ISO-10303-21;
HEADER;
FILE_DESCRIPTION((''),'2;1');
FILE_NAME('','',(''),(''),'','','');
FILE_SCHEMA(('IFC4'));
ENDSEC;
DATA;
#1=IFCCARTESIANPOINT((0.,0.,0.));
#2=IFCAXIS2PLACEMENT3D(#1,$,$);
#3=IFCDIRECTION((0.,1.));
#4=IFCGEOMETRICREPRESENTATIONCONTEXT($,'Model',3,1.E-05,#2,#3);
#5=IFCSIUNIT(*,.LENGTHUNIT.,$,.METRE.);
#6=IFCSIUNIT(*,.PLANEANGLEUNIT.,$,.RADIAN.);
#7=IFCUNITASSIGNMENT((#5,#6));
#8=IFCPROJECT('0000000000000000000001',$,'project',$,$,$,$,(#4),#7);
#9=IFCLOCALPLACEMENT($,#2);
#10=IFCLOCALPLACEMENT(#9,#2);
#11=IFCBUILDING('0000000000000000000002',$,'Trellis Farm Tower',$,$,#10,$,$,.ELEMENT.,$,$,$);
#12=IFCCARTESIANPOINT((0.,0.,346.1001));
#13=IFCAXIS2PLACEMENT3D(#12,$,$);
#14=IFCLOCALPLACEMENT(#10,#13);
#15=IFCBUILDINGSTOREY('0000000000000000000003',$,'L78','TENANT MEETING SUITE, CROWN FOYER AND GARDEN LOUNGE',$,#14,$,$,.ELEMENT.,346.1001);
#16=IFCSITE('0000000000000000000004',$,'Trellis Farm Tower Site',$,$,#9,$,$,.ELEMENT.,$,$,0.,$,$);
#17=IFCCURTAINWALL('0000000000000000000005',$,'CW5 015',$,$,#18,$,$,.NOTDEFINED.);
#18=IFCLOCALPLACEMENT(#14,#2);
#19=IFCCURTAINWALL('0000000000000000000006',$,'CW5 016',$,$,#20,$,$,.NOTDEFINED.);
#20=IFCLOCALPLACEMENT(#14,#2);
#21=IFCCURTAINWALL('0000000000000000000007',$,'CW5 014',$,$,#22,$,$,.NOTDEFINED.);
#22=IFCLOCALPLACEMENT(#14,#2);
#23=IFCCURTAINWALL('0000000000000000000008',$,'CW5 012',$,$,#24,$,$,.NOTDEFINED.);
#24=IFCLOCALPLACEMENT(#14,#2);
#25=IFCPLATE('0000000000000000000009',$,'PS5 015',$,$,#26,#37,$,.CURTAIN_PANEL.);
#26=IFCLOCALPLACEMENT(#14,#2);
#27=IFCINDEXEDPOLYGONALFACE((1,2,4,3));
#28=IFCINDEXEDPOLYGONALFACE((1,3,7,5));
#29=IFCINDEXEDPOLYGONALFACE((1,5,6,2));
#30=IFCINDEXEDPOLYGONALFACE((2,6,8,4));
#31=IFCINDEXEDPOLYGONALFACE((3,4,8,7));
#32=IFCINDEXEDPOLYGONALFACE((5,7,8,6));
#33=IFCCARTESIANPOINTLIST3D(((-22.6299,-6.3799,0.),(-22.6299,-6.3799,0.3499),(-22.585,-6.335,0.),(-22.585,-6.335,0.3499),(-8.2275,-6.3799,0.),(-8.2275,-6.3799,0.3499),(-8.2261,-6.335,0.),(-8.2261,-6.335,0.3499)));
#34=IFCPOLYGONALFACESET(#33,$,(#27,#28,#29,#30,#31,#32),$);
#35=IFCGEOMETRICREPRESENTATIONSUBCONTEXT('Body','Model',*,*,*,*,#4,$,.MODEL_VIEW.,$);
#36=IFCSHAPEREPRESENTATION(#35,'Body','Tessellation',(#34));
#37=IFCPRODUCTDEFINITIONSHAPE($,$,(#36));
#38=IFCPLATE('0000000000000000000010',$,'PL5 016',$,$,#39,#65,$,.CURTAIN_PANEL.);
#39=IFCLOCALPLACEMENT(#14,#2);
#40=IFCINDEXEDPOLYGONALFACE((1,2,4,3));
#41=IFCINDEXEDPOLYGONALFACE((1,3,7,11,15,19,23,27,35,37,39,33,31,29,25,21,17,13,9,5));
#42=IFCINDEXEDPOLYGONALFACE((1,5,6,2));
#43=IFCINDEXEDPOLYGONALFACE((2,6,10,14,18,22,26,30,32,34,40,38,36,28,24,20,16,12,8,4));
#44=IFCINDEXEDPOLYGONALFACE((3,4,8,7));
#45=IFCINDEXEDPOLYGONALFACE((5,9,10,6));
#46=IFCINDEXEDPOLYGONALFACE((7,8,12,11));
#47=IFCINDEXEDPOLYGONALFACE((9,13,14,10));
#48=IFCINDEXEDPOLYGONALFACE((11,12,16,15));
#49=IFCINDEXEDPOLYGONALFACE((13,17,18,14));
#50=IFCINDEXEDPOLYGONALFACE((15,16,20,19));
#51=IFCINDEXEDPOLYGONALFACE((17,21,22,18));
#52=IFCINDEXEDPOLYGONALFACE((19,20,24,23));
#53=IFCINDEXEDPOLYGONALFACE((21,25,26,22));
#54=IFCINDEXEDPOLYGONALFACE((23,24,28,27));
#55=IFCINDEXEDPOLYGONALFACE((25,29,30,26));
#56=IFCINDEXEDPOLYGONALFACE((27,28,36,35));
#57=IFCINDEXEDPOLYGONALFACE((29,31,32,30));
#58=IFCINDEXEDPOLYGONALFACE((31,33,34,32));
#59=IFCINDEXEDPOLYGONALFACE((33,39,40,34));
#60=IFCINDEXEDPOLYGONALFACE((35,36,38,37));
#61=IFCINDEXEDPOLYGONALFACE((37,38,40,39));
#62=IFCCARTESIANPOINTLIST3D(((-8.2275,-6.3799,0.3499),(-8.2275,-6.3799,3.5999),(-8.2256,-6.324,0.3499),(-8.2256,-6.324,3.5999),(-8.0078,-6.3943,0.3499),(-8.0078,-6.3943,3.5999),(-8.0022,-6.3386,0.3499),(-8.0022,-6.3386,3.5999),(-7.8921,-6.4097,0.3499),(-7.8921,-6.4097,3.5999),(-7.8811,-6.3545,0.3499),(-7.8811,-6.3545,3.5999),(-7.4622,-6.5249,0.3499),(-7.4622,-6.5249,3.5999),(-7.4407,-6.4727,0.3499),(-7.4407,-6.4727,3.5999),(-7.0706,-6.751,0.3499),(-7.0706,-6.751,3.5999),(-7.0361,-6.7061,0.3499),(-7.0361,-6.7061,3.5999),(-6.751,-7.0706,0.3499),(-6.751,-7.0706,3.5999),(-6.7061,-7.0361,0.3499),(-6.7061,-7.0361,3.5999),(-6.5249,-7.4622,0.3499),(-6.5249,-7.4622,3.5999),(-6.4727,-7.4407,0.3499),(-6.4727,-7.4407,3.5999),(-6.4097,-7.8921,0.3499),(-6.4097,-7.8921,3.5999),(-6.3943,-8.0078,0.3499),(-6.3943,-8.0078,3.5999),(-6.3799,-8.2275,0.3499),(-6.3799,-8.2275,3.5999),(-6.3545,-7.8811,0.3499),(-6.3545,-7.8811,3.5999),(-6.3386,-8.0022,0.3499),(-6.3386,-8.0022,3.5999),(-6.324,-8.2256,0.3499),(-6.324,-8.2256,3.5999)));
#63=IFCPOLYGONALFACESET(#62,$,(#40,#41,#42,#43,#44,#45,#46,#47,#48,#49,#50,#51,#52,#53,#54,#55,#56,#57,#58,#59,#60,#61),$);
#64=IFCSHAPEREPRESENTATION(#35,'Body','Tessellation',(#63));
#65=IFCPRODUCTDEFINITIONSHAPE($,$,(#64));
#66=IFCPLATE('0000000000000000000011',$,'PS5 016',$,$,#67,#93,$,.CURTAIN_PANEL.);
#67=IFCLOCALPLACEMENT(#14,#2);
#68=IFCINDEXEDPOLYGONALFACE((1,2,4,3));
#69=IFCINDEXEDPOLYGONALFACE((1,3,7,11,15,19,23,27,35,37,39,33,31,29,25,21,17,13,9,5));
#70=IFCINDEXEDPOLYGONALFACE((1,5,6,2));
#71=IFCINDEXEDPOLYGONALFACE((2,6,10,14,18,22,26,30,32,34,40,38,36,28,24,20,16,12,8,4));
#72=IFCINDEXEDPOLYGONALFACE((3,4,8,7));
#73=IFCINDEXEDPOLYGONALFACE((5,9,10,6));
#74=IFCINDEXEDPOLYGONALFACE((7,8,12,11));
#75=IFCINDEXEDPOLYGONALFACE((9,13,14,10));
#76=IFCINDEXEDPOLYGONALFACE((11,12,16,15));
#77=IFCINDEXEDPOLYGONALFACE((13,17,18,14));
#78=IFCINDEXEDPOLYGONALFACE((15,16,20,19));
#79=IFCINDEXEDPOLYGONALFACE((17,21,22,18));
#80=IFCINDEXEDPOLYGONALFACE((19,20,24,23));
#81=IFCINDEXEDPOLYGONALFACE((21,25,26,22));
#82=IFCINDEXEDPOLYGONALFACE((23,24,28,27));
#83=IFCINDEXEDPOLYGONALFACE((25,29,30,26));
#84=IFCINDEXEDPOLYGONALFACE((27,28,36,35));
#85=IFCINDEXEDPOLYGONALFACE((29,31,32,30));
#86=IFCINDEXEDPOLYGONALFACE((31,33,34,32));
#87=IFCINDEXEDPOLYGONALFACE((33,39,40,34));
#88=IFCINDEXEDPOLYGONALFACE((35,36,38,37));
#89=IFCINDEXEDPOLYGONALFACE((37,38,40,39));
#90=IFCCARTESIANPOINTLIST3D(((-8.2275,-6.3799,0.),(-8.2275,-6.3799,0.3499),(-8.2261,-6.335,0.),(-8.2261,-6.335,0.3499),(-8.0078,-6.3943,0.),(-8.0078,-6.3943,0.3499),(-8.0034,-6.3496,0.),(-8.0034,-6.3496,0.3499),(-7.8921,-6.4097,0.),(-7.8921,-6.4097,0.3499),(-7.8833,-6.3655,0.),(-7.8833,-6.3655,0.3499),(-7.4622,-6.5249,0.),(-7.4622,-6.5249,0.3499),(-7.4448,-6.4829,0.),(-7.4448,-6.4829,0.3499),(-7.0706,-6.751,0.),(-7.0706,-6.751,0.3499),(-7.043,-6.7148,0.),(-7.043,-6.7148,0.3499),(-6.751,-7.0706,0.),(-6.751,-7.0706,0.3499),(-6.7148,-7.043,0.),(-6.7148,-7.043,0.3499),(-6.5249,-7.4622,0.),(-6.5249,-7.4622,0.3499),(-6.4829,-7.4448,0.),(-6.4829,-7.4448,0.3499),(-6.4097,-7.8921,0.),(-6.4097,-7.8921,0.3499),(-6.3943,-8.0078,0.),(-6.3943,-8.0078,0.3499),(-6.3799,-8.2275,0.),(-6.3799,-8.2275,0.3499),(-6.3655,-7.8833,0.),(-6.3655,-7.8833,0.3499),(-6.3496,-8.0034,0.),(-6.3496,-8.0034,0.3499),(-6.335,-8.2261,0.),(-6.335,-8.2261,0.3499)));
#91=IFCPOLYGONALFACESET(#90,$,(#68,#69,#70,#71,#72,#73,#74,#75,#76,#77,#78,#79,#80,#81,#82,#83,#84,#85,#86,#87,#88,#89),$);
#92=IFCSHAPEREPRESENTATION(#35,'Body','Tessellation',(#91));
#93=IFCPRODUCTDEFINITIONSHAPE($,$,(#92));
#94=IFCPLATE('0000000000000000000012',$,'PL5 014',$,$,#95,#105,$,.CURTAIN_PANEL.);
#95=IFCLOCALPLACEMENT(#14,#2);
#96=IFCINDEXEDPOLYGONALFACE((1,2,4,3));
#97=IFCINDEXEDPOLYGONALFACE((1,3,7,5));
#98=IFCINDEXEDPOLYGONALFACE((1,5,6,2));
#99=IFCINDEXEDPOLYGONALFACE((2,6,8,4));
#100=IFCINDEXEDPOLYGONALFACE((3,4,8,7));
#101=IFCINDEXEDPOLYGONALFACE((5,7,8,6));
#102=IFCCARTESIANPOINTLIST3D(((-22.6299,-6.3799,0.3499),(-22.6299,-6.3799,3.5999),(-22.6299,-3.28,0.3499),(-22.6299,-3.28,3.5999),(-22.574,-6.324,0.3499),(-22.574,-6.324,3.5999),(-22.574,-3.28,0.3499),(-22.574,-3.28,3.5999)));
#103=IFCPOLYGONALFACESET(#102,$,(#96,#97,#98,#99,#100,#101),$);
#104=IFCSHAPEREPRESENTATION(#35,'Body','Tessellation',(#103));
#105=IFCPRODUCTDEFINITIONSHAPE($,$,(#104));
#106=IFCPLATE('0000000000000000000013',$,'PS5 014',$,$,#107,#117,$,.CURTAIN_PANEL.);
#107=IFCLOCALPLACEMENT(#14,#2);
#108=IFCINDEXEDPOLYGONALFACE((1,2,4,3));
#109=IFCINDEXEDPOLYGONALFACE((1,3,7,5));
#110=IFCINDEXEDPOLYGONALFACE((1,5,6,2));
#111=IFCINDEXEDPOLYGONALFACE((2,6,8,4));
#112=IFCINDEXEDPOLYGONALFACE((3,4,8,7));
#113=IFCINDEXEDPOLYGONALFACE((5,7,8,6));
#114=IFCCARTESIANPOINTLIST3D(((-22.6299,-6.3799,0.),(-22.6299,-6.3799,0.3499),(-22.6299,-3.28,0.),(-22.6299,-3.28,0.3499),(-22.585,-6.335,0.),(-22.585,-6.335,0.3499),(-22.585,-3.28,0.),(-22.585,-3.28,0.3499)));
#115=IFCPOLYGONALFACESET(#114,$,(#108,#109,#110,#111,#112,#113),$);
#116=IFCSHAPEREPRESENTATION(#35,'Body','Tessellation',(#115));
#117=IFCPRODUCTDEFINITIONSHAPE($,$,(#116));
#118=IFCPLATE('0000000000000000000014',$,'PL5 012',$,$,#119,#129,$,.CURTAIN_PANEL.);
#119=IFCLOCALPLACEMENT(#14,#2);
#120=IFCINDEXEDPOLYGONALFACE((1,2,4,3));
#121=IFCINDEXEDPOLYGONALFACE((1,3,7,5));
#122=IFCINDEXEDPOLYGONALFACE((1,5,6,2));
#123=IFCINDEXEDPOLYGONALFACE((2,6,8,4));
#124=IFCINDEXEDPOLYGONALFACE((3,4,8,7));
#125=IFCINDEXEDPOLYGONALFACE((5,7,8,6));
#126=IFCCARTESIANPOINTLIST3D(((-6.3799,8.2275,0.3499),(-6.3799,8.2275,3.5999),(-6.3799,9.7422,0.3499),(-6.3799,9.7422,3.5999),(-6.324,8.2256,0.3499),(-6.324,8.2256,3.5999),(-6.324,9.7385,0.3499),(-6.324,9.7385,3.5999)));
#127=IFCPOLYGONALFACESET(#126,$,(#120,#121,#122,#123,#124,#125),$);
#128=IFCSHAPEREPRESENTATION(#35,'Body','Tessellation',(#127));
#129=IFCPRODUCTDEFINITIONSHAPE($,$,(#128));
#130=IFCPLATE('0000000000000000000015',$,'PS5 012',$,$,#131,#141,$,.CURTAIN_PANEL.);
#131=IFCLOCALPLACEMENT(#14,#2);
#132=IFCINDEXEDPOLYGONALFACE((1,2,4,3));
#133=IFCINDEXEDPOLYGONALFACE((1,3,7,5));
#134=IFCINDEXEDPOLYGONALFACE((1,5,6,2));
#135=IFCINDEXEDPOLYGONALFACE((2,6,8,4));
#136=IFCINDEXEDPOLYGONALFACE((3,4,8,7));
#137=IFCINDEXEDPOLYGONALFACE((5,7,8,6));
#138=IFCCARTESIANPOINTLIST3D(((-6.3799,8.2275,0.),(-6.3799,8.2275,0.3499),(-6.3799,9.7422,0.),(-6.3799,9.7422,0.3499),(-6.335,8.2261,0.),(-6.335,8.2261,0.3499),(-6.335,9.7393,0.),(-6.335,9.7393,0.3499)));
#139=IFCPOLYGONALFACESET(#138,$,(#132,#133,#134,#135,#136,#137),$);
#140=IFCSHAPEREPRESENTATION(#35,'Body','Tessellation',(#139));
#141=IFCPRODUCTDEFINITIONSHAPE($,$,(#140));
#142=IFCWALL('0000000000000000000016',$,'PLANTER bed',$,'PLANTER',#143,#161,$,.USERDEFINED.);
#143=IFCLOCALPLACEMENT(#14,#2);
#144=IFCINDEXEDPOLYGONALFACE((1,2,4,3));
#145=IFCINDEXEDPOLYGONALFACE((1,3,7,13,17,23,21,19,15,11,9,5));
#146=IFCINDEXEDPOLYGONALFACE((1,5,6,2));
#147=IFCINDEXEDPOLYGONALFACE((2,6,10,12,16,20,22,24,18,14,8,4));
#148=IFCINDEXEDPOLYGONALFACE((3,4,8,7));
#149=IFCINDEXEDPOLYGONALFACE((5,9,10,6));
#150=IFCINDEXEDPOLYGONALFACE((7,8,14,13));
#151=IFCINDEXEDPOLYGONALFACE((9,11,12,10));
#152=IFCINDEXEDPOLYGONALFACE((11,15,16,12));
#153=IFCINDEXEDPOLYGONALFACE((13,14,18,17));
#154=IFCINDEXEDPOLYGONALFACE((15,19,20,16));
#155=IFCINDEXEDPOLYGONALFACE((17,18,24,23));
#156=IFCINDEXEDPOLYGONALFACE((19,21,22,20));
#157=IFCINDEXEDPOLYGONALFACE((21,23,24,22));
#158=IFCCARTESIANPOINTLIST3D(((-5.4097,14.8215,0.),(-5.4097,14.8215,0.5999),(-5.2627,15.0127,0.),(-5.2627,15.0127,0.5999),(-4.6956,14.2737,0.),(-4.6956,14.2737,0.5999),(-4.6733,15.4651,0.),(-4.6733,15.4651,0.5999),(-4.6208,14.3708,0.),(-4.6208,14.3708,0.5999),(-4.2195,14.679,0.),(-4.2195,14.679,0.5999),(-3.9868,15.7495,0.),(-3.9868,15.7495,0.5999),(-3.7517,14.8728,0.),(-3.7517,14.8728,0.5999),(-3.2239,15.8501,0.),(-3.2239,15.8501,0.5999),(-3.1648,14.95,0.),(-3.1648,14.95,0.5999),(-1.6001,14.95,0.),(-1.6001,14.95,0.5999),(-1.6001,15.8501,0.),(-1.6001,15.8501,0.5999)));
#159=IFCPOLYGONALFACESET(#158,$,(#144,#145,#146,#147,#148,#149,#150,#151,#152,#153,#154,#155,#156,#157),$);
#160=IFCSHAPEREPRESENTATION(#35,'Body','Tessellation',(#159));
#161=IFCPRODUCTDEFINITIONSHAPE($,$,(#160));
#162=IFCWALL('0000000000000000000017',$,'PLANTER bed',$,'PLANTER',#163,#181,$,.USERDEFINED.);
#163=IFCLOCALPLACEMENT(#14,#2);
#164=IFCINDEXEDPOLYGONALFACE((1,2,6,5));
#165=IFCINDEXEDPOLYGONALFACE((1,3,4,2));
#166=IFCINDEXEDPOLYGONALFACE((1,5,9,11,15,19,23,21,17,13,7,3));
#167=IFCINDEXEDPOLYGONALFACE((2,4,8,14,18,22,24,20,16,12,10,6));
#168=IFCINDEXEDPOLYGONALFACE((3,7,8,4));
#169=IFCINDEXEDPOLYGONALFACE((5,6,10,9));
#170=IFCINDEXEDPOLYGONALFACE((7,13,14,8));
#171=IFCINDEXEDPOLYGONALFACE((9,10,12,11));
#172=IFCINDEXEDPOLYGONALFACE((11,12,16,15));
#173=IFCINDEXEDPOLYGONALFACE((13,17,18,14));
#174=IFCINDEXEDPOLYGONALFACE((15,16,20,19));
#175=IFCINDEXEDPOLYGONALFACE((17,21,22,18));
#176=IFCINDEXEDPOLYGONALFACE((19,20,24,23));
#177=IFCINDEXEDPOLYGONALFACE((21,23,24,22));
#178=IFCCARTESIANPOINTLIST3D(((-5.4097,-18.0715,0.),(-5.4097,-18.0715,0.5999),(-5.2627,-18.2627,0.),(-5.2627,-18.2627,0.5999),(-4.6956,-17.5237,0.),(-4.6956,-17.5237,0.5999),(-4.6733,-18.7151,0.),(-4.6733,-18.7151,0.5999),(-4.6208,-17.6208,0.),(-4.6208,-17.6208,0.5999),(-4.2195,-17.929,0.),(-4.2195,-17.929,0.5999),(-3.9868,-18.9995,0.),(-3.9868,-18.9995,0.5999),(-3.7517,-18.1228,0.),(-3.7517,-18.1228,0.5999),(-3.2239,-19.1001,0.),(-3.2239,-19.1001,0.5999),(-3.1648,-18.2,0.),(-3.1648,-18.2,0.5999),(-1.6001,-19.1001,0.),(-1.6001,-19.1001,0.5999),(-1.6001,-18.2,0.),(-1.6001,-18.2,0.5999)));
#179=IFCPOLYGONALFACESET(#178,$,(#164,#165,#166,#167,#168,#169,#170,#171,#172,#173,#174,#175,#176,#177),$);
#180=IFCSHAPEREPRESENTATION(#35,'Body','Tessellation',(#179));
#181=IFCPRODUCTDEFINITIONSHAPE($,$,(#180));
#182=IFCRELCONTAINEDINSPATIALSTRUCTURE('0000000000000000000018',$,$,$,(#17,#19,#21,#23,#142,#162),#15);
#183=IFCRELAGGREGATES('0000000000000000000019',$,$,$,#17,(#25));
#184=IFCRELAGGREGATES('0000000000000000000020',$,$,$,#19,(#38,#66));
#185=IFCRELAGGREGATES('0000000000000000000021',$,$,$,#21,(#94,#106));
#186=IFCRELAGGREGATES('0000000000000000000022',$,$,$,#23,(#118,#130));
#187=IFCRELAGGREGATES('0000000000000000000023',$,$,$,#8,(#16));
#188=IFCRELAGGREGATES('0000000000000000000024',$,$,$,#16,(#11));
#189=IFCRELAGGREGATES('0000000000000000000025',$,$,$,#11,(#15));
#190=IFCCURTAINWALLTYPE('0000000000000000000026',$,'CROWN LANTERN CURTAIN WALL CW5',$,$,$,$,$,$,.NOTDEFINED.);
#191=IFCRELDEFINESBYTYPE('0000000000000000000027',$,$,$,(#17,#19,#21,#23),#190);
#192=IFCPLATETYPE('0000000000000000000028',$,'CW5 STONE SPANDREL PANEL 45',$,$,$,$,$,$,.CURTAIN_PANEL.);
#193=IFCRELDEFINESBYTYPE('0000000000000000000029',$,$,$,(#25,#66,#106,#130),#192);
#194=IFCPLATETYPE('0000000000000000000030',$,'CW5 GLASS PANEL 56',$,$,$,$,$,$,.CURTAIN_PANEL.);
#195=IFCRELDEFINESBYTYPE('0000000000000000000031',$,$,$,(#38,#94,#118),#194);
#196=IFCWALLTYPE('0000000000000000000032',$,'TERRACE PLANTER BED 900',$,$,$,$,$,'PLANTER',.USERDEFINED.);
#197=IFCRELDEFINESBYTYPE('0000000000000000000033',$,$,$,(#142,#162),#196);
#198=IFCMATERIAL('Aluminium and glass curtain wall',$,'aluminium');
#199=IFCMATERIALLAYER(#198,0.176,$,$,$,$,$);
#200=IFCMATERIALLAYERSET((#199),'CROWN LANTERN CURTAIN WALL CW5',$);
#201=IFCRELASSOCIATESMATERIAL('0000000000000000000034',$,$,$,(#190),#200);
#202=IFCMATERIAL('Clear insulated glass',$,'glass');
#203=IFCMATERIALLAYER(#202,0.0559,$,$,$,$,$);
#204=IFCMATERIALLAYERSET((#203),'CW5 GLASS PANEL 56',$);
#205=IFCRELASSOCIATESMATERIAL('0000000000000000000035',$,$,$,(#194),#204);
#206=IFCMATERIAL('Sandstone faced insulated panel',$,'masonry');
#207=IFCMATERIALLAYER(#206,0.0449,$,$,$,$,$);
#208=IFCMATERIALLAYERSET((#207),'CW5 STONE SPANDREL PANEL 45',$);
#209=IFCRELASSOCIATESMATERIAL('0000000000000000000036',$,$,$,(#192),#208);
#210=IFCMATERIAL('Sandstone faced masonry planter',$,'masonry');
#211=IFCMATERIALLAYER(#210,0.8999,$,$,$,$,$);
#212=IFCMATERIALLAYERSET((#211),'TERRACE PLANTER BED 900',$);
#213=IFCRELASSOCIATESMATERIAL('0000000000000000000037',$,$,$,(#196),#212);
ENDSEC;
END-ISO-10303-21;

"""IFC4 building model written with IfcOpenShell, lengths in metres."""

from ifc_helpers import new_model, si_unit, direction, frame, origin, place, context, subcontext, project, spatial, polyline, outline, extrude, source, transform, mapped, material, layer, layer_set, type_object, element, aggregate, save


model = new_model("IFC4")

# Units and contexts
model_context = context("Model", 3, precision=1e-05, world=origin(), true_north=direction((0.0, 1.0)))
body_context = subcontext(model_context, "Body", "Model", "MODEL_VIEW")
ifc_project = project(units=[si_unit("LENGTHUNIT", "METRE"), si_unit("PLANEANGLEUNIT", "RADIAN")], contexts=[model_context])

# Site, building, storey
site_placement = place(None, origin())
site = spatial("IfcSite", under=ifc_project, at=site_placement, Name="Trellis Farm Tower Site", CompositionType="ELEMENT", RefElevation=0.0)
building_placement = place(site_placement, origin())
building = spatial("IfcBuilding", under=site, at=building_placement, Name="Trellis Farm Tower", CompositionType="ELEMENT")
storey_placement = place(building_placement, frame((0.0, 0.0, 346.1001)))
storey = spatial("IfcBuildingStorey", under=building, at=storey_placement, Name="L78", Description="TENANT MEETING SUITE, CROWN FOYER AND GARDEN LOUNGE", CompositionType="ELEMENT", Elevation=346.1001)

# Curtain walls
ifc_material_1 = material(Name="Aluminium and glass curtain wall", Category="aluminium")
ifc_layer_1 = layer(ifc_material_1, 0.176)
ifc_layer_set_1 = layer_set([ifc_layer_1], Name="CROWN LANTERN CURTAIN WALL CW5")
curtain_wall_type = type_object("IfcCurtainWallType", Name="CROWN LANTERN CURTAIN WALL CW5", PredefinedType="NOTDEFINED", material=ifc_layer_set_1)
placement_1 = place(storey_placement, origin())
curtain_wall_1 = element("IfcCurtainWall", 1, at=placement_1, inside=storey, type_object=curtain_wall_type, Name="CW5 015", PredefinedType="NOTDEFINED")
curtain_wall_2 = element("IfcCurtainWall", 2, at=placement_1, inside=storey, type_object=curtain_wall_type, Name="CW5 016", PredefinedType="NOTDEFINED")
curtain_wall_3 = element("IfcCurtainWall", 3, at=placement_1, inside=storey, type_object=curtain_wall_type, Name="CW5 014", PredefinedType="NOTDEFINED")
curtain_wall_4 = element("IfcCurtainWall", 4, at=placement_1, inside=storey, type_object=curtain_wall_type, Name="CW5 012", PredefinedType="NOTDEFINED")

# Plates
ifc_material_2 = material(Name="Clear insulated glass", Category="glass")
ifc_layer_2 = layer(ifc_material_2, 0.0559)
ifc_layer_set_2 = layer_set([ifc_layer_2], Name="CW5 GLASS PANEL 56")
plate_type_1 = type_object("IfcPlateType", Name="CW5 GLASS PANEL 56", PredefinedType="CURTAIN_PANEL", material=ifc_layer_set_2)
placement_2 = place(storey_placement, frame((0.0, 0.0, 0.3499)))
ifc_material_3 = material(Name="Sandstone faced insulated panel", Category="masonry")
ifc_layer_3 = layer(ifc_material_3, 0.0449)
ifc_layer_set_3 = layer_set([ifc_layer_3], Name="CW5 STONE SPANDREL PANEL 45")
plate_type_2 = type_object("IfcPlateType", Name="CW5 STONE SPANDREL PANEL 45", PredefinedType="CURTAIN_PANEL", material=ifc_layer_set_3)
shared_shape_1 = source(origin(), body_context, "Body", "SweptSolid", [
    extrude(outline(polyline([(-22.6299, -6.3799), (-8.2275, -6.3799), (-8.2261, -6.335), (-22.585, -6.335), (-22.6299, -6.3799)])), origin(), (0.0, 0.0, 1.0), 0.3499),
])
plate_1 = element("IfcPlate", 5, at=placement_1, type_object=plate_type_2, Name="PS5 015", PredefinedType="CURTAIN_PANEL", context=body_context, shape_type="MappedRepresentation", body=[
    mapped(shared_shape_1, transform((0.0, 0.0, 0.0))),
])
aggregate(curtain_wall_1, [plate_1])
shared_shape_2 = source(origin(), body_context, "Body", "SweptSolid", [
    extrude(outline(polyline([(-8.2275, -6.3799), (-8.0078, -6.3943), (-7.8921, -6.4097), (-7.4622, -6.5249), (-7.0706, -6.751), (-6.751, -7.0706), (-6.5249, -7.4622), (-6.4097, -7.8921), (-6.3943, -8.0078), (-6.3799, -8.2275), (-6.324, -8.2256), (-6.3386, -8.0022), (-6.3545, -7.8811), (-6.4727, -7.4407), (-6.7061, -7.0361), (-7.0361, -6.7061), (-7.4407, -6.4727), (-7.8811, -6.3545), (-8.0022, -6.3386), (-8.2256, -6.324), (-8.2275, -6.3799)])), origin(), (0.0, 0.0, 1.0), 3.25),
])
plate_2 = element("IfcPlate", 6, at=placement_2, type_object=plate_type_1, Name="PL5 016", PredefinedType="CURTAIN_PANEL", context=body_context, shape_type="MappedRepresentation", body=[
    mapped(shared_shape_2, transform((0.0, 0.0, 0.0))),
])
shared_shape_3 = source(origin(), body_context, "Body", "SweptSolid", [
    extrude(outline(polyline([(-8.2275, -6.3799), (-8.0078, -6.3943), (-7.8921, -6.4097), (-7.4622, -6.5249), (-7.0706, -6.751), (-6.751, -7.0706), (-6.5249, -7.4622), (-6.4097, -7.8921), (-6.3943, -8.0078), (-6.3799, -8.2275), (-6.335, -8.2261), (-6.3496, -8.0034), (-6.3655, -7.8833), (-6.4829, -7.4448), (-6.7148, -7.043), (-7.043, -6.7148), (-7.4448, -6.4829), (-7.8833, -6.3655), (-8.0034, -6.3496), (-8.2261, -6.335), (-8.2275, -6.3799)])), origin(), (0.0, 0.0, 1.0), 0.3499),
])
plate_3 = element("IfcPlate", 7, at=placement_1, type_object=plate_type_2, Name="PS5 016", PredefinedType="CURTAIN_PANEL", context=body_context, shape_type="MappedRepresentation", body=[
    mapped(shared_shape_3, transform((0.0, 0.0, 0.0))),
])
aggregate(curtain_wall_2, [plate_2, plate_3])
shared_shape_4 = source(origin(), body_context, "Body", "SweptSolid", [
    extrude(outline(polyline([(-22.6299, -3.28), (-22.6299, -6.3799), (-22.574, -6.324), (-22.574, -3.28), (-22.6299, -3.28)])), origin(), (0.0, 0.0, 1.0), 3.25),
])
plate_4 = element("IfcPlate", 8, at=placement_2, type_object=plate_type_1, Name="PL5 014", PredefinedType="CURTAIN_PANEL", context=body_context, shape_type="MappedRepresentation", body=[
    mapped(shared_shape_4, transform((0.0, 0.0, 0.0))),
])
shared_shape_5 = source(origin(), body_context, "Body", "SweptSolid", [
    extrude(outline(polyline([(-22.6299, -3.28), (-22.6299, -6.3799), (-22.585, -6.335), (-22.585, -3.28), (-22.6299, -3.28)])), origin(), (0.0, 0.0, 1.0), 0.3499),
])
plate_5 = element("IfcPlate", 9, at=placement_1, type_object=plate_type_2, Name="PS5 014", PredefinedType="CURTAIN_PANEL", context=body_context, shape_type="MappedRepresentation", body=[
    mapped(shared_shape_5, transform((0.0, 0.0, 0.0))),
])
aggregate(curtain_wall_3, [plate_4, plate_5])
shared_shape_6 = source(origin(), body_context, "Body", "SweptSolid", [
    extrude(outline(polyline([(-6.3799, 9.7422), (-6.3799, 8.2275), (-6.324, 8.2256), (-6.324, 9.7385), (-6.3799, 9.7422)])), origin(), (0.0, 0.0, 1.0), 3.25),
])
plate_6 = element("IfcPlate", 10, at=placement_2, type_object=plate_type_1, Name="PL5 012", PredefinedType="CURTAIN_PANEL", context=body_context, shape_type="MappedRepresentation", body=[
    mapped(shared_shape_6, transform((0.0, 0.0, 0.0))),
])
shared_shape_7 = source(origin(), body_context, "Body", "SweptSolid", [
    extrude(outline(polyline([(-6.3799, 9.7422), (-6.3799, 8.2275), (-6.335, 8.2261), (-6.335, 9.7393), (-6.3799, 9.7422)])), origin(), (0.0, 0.0, 1.0), 0.3499),
])
plate_7 = element("IfcPlate", 11, at=placement_1, type_object=plate_type_2, Name="PS5 012", PredefinedType="CURTAIN_PANEL", context=body_context, shape_type="MappedRepresentation", body=[
    mapped(shared_shape_7, transform((0.0, 0.0, 0.0))),
])
aggregate(curtain_wall_4, [plate_6, plate_7])

# Walls
ifc_material_4 = material(Name="Sandstone faced masonry planter", Category="masonry")
ifc_layer_4 = layer(ifc_material_4, 0.8999)
ifc_layer_set_4 = layer_set([ifc_layer_4], Name="TERRACE PLANTER BED 900")
wall_type = type_object("IfcWallType", Name="TERRACE PLANTER BED 900", ElementType="PLANTER", PredefinedType="USERDEFINED", material=ifc_layer_set_4)
element("IfcWall", 12, at=placement_1, inside=storey, type_object=wall_type, Name="PLANTER bed", ObjectType="PLANTER", PredefinedType="USERDEFINED", context=body_context, shape_type="SweptSolid", body=[
    extrude(outline(polyline([(-5.2627, 15.0127), (-4.6733, 15.4651), (-3.9868, 15.7495), (-3.2239, 15.8501), (-1.6001, 15.8501), (-1.6001, 14.95), (-3.1648, 14.95), (-3.7517, 14.8728), (-4.2195, 14.679), (-4.6208, 14.3708), (-4.6956, 14.2737), (-5.4097, 14.8215), (-5.2627, 15.0127)])), origin(), (0.0, 0.0, 1.0), 0.5999),
])
element("IfcWall", 13, at=placement_1, inside=storey, type_object=wall_type, Name="PLANTER bed", ObjectType="PLANTER", PredefinedType="USERDEFINED", context=body_context, shape_type="SweptSolid", body=[
    extrude(outline(polyline([(-3.9868, -18.9995), (-4.6733, -18.7151), (-5.2627, -18.2627), (-5.4097, -18.0715), (-4.6956, -17.5237), (-4.6208, -17.6208), (-4.2195, -17.929), (-3.7517, -18.1228), (-3.1648, -18.2), (-1.6001, -18.2), (-1.6001, -19.1001), (-3.2239, -19.1001), (-3.9868, -18.9995)])), origin(), (0.0, 0.0, 1.0), 0.5999),
])

save(model, "model.ifc")
